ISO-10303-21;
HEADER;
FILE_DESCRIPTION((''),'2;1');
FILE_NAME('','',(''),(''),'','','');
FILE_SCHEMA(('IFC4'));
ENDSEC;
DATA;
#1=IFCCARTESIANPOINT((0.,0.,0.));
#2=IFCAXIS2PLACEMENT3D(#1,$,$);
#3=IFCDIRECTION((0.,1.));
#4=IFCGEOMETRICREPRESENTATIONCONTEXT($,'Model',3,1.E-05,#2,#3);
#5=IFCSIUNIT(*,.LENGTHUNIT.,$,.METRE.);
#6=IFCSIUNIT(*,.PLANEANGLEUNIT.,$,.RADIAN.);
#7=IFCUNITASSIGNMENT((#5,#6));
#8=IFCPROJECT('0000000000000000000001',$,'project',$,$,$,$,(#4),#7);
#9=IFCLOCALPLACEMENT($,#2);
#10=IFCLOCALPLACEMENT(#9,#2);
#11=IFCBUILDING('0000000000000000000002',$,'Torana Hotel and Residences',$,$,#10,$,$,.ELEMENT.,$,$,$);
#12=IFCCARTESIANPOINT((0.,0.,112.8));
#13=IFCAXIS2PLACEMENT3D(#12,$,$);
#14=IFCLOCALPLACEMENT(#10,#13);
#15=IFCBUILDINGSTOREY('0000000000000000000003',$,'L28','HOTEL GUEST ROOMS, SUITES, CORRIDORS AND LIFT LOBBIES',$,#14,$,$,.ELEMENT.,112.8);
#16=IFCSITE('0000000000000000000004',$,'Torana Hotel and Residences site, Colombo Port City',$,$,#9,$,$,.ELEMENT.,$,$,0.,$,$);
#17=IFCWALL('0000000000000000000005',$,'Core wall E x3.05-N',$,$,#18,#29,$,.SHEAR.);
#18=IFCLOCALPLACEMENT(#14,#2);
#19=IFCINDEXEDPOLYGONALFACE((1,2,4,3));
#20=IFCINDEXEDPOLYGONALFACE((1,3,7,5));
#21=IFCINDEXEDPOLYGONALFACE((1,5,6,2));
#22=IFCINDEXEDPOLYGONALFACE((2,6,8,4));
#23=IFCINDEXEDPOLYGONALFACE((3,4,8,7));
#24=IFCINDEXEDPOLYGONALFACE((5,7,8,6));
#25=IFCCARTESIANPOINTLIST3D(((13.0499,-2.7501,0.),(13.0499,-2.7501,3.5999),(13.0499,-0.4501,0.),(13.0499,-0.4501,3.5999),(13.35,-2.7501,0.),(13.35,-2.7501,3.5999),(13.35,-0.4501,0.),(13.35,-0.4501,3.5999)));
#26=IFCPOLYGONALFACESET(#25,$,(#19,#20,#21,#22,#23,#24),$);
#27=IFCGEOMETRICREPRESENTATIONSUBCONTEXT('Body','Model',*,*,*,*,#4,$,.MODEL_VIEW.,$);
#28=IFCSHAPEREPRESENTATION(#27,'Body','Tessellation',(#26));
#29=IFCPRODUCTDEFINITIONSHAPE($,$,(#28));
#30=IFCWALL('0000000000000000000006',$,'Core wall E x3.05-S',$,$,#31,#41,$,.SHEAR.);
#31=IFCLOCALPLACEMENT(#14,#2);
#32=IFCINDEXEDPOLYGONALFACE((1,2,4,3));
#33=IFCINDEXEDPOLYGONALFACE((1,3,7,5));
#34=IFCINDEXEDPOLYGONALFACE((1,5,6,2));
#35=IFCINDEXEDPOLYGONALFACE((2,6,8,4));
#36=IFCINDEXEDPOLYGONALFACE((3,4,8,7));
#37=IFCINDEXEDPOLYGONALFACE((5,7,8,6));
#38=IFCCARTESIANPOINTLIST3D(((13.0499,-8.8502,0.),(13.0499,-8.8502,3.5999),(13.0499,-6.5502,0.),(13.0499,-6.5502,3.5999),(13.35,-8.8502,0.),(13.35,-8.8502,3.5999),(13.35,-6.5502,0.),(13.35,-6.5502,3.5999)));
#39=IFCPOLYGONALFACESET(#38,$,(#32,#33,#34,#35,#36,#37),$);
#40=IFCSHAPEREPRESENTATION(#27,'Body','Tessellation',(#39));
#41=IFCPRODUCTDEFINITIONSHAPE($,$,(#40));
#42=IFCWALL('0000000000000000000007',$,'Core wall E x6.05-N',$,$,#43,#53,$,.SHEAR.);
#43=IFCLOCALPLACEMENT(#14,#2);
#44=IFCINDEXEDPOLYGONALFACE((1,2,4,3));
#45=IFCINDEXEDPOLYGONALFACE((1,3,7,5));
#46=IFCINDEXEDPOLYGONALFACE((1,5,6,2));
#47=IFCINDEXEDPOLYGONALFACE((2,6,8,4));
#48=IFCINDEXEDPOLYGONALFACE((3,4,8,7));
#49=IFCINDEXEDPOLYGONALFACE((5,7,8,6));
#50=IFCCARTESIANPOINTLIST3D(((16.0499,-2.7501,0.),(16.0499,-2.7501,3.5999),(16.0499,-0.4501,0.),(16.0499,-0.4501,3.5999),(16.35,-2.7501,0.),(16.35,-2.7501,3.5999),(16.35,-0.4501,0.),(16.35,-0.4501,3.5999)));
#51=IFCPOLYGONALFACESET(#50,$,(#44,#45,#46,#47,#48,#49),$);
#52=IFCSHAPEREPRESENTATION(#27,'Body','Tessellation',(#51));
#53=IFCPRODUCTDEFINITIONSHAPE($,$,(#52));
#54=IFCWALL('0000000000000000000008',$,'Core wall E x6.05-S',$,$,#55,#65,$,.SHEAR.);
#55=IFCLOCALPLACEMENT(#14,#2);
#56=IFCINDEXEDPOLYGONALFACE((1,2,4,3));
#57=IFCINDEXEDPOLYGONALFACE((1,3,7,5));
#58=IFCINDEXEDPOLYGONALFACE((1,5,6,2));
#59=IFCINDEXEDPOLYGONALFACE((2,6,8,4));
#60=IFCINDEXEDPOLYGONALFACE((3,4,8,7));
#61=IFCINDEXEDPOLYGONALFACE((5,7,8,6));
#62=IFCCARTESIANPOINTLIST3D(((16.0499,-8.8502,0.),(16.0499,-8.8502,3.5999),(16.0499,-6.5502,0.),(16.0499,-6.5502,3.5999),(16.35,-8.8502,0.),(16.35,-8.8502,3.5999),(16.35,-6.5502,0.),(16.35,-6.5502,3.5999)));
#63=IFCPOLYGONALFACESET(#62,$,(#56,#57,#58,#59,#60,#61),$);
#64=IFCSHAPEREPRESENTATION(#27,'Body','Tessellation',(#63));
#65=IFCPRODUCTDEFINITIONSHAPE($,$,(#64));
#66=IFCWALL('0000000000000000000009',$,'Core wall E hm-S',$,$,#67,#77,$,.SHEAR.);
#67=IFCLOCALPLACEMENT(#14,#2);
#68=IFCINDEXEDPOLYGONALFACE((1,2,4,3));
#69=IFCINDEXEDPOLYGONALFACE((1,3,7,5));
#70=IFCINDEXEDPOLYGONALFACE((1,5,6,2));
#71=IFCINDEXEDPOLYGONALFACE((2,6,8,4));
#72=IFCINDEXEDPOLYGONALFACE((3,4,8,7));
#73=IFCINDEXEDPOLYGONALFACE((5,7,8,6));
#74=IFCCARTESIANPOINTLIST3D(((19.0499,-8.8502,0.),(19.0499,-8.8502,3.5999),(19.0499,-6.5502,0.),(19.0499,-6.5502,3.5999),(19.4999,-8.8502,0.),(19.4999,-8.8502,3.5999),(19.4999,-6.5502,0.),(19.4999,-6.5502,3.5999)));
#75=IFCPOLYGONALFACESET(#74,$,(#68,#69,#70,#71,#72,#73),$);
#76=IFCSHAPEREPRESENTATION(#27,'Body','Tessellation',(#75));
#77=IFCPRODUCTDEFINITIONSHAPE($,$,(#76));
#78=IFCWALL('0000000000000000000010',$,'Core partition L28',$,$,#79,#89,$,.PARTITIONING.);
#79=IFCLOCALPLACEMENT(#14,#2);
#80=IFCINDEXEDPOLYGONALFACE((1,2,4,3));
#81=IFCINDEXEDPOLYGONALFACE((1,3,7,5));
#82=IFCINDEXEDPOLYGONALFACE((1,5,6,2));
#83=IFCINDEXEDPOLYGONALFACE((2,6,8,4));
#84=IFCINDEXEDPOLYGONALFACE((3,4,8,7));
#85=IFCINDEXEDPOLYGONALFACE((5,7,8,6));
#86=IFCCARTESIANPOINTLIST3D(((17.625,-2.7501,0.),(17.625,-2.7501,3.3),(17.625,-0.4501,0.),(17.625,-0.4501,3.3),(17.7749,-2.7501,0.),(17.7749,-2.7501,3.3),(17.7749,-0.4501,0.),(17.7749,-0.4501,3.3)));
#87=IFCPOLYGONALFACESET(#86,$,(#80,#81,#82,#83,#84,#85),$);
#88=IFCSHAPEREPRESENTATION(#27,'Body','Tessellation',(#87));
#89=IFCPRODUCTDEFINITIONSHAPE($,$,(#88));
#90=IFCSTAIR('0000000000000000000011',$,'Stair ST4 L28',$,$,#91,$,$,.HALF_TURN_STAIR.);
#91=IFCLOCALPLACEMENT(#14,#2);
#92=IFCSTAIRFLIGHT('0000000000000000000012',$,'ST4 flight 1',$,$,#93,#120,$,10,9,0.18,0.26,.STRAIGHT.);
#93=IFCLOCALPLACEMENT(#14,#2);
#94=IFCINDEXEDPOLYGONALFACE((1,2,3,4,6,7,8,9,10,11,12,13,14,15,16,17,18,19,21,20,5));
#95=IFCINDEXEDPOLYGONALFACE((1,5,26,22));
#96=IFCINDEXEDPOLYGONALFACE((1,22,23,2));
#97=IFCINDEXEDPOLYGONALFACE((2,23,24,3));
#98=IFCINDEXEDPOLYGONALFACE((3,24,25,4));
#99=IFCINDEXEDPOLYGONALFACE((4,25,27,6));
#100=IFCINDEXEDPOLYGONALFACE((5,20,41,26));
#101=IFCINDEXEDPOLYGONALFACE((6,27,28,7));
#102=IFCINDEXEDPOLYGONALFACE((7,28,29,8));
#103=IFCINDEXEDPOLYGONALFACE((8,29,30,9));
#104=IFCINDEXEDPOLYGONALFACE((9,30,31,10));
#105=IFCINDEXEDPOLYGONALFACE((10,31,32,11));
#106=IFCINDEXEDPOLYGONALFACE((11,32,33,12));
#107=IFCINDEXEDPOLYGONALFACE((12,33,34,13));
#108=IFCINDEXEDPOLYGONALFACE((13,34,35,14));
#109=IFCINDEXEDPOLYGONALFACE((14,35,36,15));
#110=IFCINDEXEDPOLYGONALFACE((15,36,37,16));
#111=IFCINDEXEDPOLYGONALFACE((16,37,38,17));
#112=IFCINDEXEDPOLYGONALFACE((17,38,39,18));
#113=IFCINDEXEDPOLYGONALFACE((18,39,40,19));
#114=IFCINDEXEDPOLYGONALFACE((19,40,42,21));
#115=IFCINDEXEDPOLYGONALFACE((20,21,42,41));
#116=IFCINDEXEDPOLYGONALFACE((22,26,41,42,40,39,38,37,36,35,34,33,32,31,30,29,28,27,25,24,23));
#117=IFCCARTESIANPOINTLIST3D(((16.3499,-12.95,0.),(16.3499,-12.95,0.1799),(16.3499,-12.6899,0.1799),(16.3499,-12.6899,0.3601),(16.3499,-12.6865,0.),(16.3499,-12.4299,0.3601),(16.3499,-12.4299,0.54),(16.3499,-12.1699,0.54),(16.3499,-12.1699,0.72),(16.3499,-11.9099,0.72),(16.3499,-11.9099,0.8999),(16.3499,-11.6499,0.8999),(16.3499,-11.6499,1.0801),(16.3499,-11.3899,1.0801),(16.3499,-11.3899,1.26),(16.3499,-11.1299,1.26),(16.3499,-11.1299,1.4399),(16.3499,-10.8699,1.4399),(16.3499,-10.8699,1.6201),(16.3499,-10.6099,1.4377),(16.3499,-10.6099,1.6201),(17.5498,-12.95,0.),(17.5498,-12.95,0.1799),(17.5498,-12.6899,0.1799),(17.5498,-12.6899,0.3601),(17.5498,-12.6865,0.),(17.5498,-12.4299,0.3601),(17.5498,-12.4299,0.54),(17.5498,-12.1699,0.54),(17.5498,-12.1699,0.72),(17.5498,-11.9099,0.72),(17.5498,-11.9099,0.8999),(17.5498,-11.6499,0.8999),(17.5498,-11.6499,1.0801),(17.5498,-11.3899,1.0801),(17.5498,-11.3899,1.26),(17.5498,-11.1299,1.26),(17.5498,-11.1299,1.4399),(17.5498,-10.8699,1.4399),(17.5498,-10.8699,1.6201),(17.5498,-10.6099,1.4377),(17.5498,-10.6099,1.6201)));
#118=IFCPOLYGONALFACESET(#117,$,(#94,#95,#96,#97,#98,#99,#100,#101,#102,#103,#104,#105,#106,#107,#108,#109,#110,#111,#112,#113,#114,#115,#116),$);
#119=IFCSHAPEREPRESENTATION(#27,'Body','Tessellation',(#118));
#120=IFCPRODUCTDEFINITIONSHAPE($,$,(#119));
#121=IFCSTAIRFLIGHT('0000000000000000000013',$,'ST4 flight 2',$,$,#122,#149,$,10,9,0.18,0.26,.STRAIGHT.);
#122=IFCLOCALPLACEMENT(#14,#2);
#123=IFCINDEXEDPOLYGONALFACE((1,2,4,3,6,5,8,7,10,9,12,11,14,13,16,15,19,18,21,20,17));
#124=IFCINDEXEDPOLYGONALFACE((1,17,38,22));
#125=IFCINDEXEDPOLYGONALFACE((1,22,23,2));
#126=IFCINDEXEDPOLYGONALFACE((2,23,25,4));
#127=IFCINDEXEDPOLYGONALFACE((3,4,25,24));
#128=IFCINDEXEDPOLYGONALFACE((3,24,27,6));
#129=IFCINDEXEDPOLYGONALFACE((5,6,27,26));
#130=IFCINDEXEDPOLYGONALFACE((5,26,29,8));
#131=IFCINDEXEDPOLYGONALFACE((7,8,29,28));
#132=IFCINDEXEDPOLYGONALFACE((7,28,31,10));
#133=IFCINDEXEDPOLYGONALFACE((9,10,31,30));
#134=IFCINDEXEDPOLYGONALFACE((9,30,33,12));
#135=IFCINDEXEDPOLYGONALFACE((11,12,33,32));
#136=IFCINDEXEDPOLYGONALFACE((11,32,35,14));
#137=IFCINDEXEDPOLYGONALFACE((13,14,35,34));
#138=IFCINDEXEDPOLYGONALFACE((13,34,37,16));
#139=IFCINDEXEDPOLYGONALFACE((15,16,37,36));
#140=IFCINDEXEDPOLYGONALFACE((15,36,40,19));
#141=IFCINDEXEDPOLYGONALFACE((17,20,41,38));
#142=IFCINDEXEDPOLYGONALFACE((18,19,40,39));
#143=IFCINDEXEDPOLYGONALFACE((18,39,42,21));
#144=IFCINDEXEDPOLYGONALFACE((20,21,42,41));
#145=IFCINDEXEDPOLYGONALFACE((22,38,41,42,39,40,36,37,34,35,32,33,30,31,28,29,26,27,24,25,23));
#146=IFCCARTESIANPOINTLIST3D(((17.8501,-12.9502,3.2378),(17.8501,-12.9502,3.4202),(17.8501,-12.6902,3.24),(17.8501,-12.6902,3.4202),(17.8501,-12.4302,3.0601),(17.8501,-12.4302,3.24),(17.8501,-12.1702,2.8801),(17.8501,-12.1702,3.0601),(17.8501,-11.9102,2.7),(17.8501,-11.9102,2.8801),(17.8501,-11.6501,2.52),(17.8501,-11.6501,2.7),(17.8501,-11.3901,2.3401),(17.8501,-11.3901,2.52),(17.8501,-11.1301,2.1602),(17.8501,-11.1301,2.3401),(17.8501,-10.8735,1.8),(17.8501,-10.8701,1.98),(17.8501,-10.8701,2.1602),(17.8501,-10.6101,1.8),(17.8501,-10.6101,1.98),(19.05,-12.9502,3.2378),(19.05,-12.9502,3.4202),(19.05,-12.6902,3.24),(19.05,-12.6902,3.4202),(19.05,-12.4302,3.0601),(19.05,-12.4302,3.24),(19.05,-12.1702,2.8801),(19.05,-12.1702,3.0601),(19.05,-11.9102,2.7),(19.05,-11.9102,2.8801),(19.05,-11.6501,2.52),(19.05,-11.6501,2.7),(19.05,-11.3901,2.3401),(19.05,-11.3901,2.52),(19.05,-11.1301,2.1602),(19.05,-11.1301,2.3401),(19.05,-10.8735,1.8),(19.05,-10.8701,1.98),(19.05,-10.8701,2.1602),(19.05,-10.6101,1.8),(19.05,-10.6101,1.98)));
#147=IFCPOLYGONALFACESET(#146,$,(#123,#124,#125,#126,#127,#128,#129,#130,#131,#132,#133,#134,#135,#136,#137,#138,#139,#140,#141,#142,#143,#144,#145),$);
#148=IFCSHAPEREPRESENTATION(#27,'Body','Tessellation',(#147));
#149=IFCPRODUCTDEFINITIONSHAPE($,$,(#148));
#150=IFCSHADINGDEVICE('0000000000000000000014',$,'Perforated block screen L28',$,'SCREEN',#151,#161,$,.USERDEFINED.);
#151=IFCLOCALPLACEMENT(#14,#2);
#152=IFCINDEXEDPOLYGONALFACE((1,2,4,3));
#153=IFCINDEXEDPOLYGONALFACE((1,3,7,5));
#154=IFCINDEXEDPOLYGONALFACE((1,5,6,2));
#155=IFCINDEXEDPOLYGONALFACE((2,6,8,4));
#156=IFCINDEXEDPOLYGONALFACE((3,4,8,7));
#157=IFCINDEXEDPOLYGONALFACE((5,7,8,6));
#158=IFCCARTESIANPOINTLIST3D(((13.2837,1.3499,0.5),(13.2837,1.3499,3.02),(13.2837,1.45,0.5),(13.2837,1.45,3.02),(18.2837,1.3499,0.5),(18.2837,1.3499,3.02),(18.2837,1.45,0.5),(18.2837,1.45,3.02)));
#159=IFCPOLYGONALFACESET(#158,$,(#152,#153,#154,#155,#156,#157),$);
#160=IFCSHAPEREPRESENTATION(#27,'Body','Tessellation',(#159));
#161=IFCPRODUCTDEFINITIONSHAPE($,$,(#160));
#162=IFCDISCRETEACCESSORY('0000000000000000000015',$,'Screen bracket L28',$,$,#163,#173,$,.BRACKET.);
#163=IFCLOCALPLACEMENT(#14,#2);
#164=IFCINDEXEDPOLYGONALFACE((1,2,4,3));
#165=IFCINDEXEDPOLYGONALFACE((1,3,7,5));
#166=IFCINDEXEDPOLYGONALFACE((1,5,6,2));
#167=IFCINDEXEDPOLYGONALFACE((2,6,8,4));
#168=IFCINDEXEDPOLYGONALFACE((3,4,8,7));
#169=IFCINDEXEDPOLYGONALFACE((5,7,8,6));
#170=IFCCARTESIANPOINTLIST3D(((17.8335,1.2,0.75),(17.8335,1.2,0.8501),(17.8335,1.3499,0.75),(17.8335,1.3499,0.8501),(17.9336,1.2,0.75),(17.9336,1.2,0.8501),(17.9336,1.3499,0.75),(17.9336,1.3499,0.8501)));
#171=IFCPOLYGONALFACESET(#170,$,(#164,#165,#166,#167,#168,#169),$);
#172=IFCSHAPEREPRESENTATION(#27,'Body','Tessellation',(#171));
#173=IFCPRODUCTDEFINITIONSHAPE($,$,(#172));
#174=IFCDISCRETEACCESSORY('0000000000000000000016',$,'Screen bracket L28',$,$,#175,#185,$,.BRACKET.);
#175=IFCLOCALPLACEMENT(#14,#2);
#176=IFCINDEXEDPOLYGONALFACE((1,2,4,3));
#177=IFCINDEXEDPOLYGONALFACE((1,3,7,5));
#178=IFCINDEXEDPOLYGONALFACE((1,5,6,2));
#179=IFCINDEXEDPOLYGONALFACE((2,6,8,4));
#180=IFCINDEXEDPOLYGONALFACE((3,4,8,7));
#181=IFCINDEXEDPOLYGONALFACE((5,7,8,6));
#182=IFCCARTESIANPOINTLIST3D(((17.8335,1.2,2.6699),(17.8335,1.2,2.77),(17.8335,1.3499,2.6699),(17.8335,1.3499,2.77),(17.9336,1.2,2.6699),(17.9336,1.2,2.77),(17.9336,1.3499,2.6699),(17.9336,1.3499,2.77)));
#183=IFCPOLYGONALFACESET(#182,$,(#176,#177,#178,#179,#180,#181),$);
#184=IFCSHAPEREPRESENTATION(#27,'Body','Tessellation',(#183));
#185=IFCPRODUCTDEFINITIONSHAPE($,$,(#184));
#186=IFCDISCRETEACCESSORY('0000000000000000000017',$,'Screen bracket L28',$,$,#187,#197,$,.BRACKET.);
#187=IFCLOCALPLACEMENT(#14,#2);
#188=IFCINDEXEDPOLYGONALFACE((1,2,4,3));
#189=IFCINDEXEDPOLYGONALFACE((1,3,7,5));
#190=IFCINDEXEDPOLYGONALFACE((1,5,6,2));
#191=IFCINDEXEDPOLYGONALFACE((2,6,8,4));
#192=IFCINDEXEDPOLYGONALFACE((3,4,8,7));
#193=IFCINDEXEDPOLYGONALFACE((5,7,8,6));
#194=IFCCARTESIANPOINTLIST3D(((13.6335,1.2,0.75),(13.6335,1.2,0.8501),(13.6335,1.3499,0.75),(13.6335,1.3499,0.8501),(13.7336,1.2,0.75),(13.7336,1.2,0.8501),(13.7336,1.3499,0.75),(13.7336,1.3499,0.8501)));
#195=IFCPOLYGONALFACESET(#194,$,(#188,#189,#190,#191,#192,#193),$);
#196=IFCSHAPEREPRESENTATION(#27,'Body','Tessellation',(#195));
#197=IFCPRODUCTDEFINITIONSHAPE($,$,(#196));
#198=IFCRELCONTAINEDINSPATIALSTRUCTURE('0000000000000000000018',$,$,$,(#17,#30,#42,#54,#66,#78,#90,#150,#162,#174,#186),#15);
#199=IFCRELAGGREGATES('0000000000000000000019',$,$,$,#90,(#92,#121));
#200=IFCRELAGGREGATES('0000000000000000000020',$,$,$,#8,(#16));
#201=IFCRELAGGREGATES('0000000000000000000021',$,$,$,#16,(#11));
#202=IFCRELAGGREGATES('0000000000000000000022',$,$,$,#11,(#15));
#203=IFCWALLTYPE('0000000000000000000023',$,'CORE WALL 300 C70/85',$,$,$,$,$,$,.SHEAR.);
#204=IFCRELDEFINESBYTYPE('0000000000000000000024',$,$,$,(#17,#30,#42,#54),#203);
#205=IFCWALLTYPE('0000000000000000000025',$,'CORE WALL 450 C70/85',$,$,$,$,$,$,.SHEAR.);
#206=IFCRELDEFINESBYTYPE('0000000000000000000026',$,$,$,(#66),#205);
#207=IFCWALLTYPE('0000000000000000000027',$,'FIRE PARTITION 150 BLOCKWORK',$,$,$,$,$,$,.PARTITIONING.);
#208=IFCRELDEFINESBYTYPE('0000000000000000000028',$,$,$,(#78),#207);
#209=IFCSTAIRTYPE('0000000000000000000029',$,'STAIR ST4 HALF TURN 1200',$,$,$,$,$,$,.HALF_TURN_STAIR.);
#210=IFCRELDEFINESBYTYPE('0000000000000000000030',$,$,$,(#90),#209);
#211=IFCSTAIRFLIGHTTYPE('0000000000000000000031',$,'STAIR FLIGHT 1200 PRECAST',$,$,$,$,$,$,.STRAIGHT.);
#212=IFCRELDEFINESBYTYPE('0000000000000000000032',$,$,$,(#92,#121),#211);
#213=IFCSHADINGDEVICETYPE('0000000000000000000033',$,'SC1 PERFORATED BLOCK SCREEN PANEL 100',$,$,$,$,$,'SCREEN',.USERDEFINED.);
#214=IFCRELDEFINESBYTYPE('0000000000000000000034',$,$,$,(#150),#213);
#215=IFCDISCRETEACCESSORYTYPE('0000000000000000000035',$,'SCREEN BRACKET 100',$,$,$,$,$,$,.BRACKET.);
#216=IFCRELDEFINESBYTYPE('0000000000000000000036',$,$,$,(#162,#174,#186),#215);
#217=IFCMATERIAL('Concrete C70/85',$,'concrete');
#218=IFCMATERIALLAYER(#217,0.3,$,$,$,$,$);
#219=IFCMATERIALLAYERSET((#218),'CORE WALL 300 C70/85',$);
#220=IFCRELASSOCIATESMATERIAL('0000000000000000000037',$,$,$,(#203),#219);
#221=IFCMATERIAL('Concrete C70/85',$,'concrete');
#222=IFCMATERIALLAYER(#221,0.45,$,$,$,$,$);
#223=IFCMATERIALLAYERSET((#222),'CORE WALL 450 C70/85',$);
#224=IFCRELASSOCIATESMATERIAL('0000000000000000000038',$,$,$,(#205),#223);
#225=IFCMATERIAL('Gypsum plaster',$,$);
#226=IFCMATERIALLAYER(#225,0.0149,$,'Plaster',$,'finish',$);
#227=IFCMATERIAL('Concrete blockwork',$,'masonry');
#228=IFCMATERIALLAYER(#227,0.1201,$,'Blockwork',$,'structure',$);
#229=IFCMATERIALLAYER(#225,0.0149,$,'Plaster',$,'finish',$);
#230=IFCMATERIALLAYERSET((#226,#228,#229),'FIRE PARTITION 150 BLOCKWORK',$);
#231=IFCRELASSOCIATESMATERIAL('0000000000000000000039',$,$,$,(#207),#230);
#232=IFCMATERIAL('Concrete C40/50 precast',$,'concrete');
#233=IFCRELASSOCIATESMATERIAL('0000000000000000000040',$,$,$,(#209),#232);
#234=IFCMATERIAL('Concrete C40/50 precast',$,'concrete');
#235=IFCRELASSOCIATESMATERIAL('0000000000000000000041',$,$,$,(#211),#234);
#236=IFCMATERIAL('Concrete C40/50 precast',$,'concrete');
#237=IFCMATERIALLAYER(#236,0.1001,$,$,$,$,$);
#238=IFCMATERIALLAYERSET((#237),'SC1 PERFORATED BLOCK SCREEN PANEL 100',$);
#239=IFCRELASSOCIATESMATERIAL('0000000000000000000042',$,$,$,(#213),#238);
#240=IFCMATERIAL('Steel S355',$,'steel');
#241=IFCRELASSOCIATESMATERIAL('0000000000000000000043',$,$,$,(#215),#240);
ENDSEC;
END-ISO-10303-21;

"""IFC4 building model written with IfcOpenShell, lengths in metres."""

from ifc_helpers import new_model, si_unit, direction, frame, frame_2d, origin, origin_2d, place, context, subcontext, project, spatial, polyline, rectangle, outline, extrude, material, layer, layer_set, type_object, element, aggregate, save


model = new_model("IFC4")

# Units and contexts
model_context = context("Model", 3, precision=1e-05, world=origin(), true_north=direction((0.0, 1.0)))
body_context = subcontext(model_context, "Body", "Model", "MODEL_VIEW")
ifc_project = project(units=[si_unit("LENGTHUNIT", "METRE"), si_unit("PLANEANGLEUNIT", "RADIAN")], contexts=[model_context])

# Site, building, storey
site_placement = place(None, origin())
site = spatial("IfcSite", under=ifc_project, at=site_placement, Name="Torana Hotel and Residences site, Colombo Port City", CompositionType="ELEMENT", RefElevation=0.0)
building_placement = place(site_placement, origin())
building = spatial("IfcBuilding", under=site, at=building_placement, Name="Torana Hotel and Residences", CompositionType="ELEMENT")
storey_placement = place(building_placement, frame((0.0, 0.0, 112.8)))
storey = spatial("IfcBuildingStorey", under=building, at=storey_placement, Name="L28", Description="HOTEL GUEST ROOMS, SUITES, CORRIDORS AND LIFT LOBBIES", CompositionType="ELEMENT", Elevation=112.8)

# Walls
ifc_material_1 = material(Name="Concrete C70/85", Category="concrete")
ifc_layer_1 = layer(ifc_material_1, 0.3)
ifc_layer_set_1 = layer_set([ifc_layer_1], Name="CORE WALL 300 C70/85")
wall_type_1 = type_object("IfcWallType", Name="CORE WALL 300 C70/85", PredefinedType="SHEAR", material=ifc_layer_set_1)
for number, where, z_axis, x_axis, name in (
    (1, (13.2, -2.75, 0.0), (0.0, 0.0, 1.0), (0.0, 1.0, 0.0), "Core wall E x3.05-N"),
    (2, (13.2, -8.8501, 0.0), (0.0, 0.0, 1.0), (0.0, 1.0, 0.0), "Core wall E x3.05-S"),
    (3, (16.2, -2.75, 0.0), (0.0, 0.0, 1.0), (0.0, 1.0, 0.0), "Core wall E x6.05-N"),
    (4, (16.2, -8.8501, 0.0), (0.0, 0.0, 1.0), (0.0, 1.0, 0.0), "Core wall E x6.05-S"),
):
    element("IfcWall", number, at=place(storey_placement, frame(where, z_axis=z_axis, x_axis=x_axis)), inside=storey, type_object=wall_type_1, Name=name, PredefinedType="SHEAR", context=body_context, shape_type="SweptSolid", body=[
        extrude(rectangle(XDim=2.3, YDim=0.3, at=frame_2d((1.1499, 0.0))), origin(), (0.0, 0.0, 1.0), 3.5999),
    ])
ifc_material_2 = material(Name="Concrete C70/85", Category="concrete")
ifc_layer_2 = layer(ifc_material_2, 0.45)
ifc_layer_set_2 = layer_set([ifc_layer_2], Name="CORE WALL 450 C70/85")
wall_type_2 = type_object("IfcWallType", Name="CORE WALL 450 C70/85", PredefinedType="SHEAR", material=ifc_layer_set_2)
wall_1_placement = place(storey_placement, frame((19.2749, -8.8501, 0.0), z_axis=(0.0, 0.0, 1.0), x_axis=(0.0, 1.0, 0.0)))
element("IfcWall", 5, at=wall_1_placement, inside=storey, type_object=wall_type_2, Name="Core wall E hm-S", PredefinedType="SHEAR", context=body_context, shape_type="SweptSolid", body=[
    extrude(rectangle(XDim=2.3, YDim=0.45, at=frame_2d((1.1499, 0.0))), origin(), (0.0, 0.0, 1.0), 3.5999),
])
ifc_material_3 = material(Name="Gypsum plaster")
ifc_layer_3 = layer(ifc_material_3, 0.0149, Name="Plaster", Category="finish")
ifc_material_4 = material(Name="Concrete blockwork", Category="masonry")
ifc_layer_4 = layer(ifc_material_4, 0.1201, Name="Blockwork", Category="structure")
ifc_layer_5 = layer(ifc_material_3, 0.0149, Name="Plaster", Category="finish")
ifc_layer_set_3 = layer_set([ifc_layer_3, ifc_layer_4, ifc_layer_5], Name="FIRE PARTITION 150 BLOCKWORK")
wall_type_3 = type_object("IfcWallType", Name="FIRE PARTITION 150 BLOCKWORK", PredefinedType="PARTITIONING", material=ifc_layer_set_3)
wall_2_placement = place(storey_placement, frame((17.7, -2.75, 0.0), z_axis=(0.0, 0.0, 1.0), x_axis=(0.0, 1.0, 0.0)))
element("IfcWall", 6, at=wall_2_placement, inside=storey, type_object=wall_type_3, Name="Core partition L28", PredefinedType="PARTITIONING", context=body_context, shape_type="SweptSolid", body=[
    extrude(rectangle(XDim=2.3, YDim=0.1499, at=frame_2d((1.1499, 0.0))), origin(), (0.0, 0.0, 1.0), 3.3),
])

# Stair, stair flights
ifc_material_5 = material(Name="Concrete C40/50 precast", Category="concrete")
stair_type = type_object("IfcStairType", Name="STAIR ST4 HALF TURN 1200", PredefinedType="HALF_TURN_STAIR", material=ifc_material_5)
stair_placement = place(storey_placement, origin())
stair = element("IfcStair", 7, at=stair_placement, inside=storey, type_object=stair_type, Name="Stair ST4 L28", PredefinedType="HALF_TURN_STAIR")
ifc_material_6 = material(Name="Concrete C40/50 precast", Category="concrete")
stair_flight_type = type_object("IfcStairFlightType", Name="STAIR FLIGHT 1200 PRECAST", PredefinedType="STRAIGHT", material=ifc_material_6)
stair_flight_1_placement = place(storey_placement, frame((16.95, -12.95, 0.0), z_axis=(0.0, 0.0, 1.0), x_axis=(0.0, 1.0, 0.0)))
stair_flight_1 = element("IfcStairFlight", 8, at=stair_flight_1_placement, type_object=stair_flight_type, Name="ST4 flight 1", NumberOfRisers=10, NumberOfTreads=9, PredefinedType="STRAIGHT", RiserHeight=0.18, TreadLength=0.26, context=body_context, shape_type="SweptSolid", body=[
    extrude(outline(polyline([(0.0, 0.0), (0.0, 0.1799), (0.26, 0.1799), (0.26, 0.3601), (0.52, 0.3601), (0.52, 0.54), (0.78, 0.54), (0.78, 0.72), (1.04, 0.72), (1.04, 0.8999), (1.3, 0.8999), (1.3, 1.0801), (1.5601, 1.0801), (1.5601, 1.26), (1.8201, 1.26), (1.8201, 1.4399), (2.0801, 1.4399), (2.0801, 1.6201), (2.3401, 1.6201), (2.3401, 1.8), (2.3401, 1.4377), (0.2634, 0.0), (0.0, 0.0)])), frame((0.0, 0.6001, 0.0), z_axis=(0.0, -1.0, 0.0), x_axis=(1.0, 0.0, 0.0)), (0.0, 0.0, 1.0), 1.2),
])
stair_flight_2_placement = place(storey_placement, frame((18.45, -10.6101, 1.8), z_axis=(0.0, 0.0, 1.0), x_axis=(0.0, -1.0, 0.0)))
stair_flight_2 = element("IfcStairFlight", 9, at=stair_flight_2_placement, type_object=stair_flight_type, Name="ST4 flight 2", NumberOfRisers=10, NumberOfTreads=9, PredefinedType="STRAIGHT", RiserHeight=0.18, TreadLength=0.26, context=body_context, shape_type="SweptSolid", body=[
    extrude(outline(polyline([(0.0, 0.0), (0.0, 0.1799), (0.26, 0.1799), (0.26, 0.3601), (0.52, 0.3601), (0.52, 0.54), (0.78, 0.54), (0.78, 0.72), (1.04, 0.72), (1.04, 0.8999), (1.3, 0.8999), (1.3, 1.0801), (1.5601, 1.0801), (1.5601, 1.26), (1.8201, 1.26), (1.8201, 1.4399), (2.0801, 1.4399), (2.0801, 1.6201), (2.3401, 1.6201), (2.3401, 1.8), (2.3401, 1.4377), (0.2634, 0.0), (0.0, 0.0)])), frame((0.0, 0.6001, 0.0), z_axis=(0.0, -1.0, 0.0), x_axis=(1.0, 0.0, 0.0)), (0.0, 0.0, 1.0), 1.2),
])
aggregate(stair, [stair_flight_1, stair_flight_2])

# Shading device
ifc_material_7 = material(Name="Concrete C40/50 precast", Category="concrete")
ifc_layer_6 = layer(ifc_material_7, 0.1001)
ifc_layer_set_4 = layer_set([ifc_layer_6], Name="SC1 PERFORATED BLOCK SCREEN PANEL 100")
shading_device_type = type_object("IfcShadingDeviceType", Name="SC1 PERFORATED BLOCK SCREEN PANEL 100", ElementType="SCREEN", PredefinedType="USERDEFINED", material=ifc_layer_set_4)
shading_device_placement = place(storey_placement, frame((15.7837, 1.3999, 0.5), z_axis=(0.0, 0.0, 1.0), x_axis=(-1.0, 0.0, 0.0)))
element("IfcShadingDevice", 10, at=shading_device_placement, inside=storey, type_object=shading_device_type, Name="Perforated block screen L28", ObjectType="SCREEN", PredefinedType="USERDEFINED", context=body_context, shape_type="SweptSolid", body=[
    extrude(rectangle(XDim=5.0, YDim=0.1001, at=origin_2d()), origin(), (0.0, 0.0, 1.0), 2.52),
])

# Discrete accessories
ifc_material_8 = material(Name="Steel S355", Category="steel")
discrete_accessory_type = type_object("IfcDiscreteAccessoryType", Name="SCREEN BRACKET 100", PredefinedType="BRACKET", material=ifc_material_8)
for number, where, z_axis, x_axis, name in (
    (11, (17.8835, 1.2749, 0.75), (0.0, 0.0, 1.0), (-1.0, 0.0, 0.0), "Screen bracket L28"),
    (12, (17.8835, 1.2749, 2.6699), (0.0, 0.0, 1.0), (-1.0, 0.0, 0.0), "Screen bracket L28"),
    (13, (13.6836, 1.2749, 0.75), (0.0, 0.0, 1.0), (-1.0, 0.0, 0.0), "Screen bracket L28"),
):
    element("IfcDiscreteAccessory", number, at=place(storey_placement, frame(where, z_axis=z_axis, x_axis=x_axis)), inside=storey, type_object=discrete_accessory_type, Name=name, PredefinedType="BRACKET", context=body_context, shape_type="SweptSolid", body=[
        extrude(rectangle(XDim=0.1001, YDim=0.1499, at=origin_2d()), origin(), (0.0, 0.0, 1.0), 0.1001),
    ])

save(model, "model.ifc")
